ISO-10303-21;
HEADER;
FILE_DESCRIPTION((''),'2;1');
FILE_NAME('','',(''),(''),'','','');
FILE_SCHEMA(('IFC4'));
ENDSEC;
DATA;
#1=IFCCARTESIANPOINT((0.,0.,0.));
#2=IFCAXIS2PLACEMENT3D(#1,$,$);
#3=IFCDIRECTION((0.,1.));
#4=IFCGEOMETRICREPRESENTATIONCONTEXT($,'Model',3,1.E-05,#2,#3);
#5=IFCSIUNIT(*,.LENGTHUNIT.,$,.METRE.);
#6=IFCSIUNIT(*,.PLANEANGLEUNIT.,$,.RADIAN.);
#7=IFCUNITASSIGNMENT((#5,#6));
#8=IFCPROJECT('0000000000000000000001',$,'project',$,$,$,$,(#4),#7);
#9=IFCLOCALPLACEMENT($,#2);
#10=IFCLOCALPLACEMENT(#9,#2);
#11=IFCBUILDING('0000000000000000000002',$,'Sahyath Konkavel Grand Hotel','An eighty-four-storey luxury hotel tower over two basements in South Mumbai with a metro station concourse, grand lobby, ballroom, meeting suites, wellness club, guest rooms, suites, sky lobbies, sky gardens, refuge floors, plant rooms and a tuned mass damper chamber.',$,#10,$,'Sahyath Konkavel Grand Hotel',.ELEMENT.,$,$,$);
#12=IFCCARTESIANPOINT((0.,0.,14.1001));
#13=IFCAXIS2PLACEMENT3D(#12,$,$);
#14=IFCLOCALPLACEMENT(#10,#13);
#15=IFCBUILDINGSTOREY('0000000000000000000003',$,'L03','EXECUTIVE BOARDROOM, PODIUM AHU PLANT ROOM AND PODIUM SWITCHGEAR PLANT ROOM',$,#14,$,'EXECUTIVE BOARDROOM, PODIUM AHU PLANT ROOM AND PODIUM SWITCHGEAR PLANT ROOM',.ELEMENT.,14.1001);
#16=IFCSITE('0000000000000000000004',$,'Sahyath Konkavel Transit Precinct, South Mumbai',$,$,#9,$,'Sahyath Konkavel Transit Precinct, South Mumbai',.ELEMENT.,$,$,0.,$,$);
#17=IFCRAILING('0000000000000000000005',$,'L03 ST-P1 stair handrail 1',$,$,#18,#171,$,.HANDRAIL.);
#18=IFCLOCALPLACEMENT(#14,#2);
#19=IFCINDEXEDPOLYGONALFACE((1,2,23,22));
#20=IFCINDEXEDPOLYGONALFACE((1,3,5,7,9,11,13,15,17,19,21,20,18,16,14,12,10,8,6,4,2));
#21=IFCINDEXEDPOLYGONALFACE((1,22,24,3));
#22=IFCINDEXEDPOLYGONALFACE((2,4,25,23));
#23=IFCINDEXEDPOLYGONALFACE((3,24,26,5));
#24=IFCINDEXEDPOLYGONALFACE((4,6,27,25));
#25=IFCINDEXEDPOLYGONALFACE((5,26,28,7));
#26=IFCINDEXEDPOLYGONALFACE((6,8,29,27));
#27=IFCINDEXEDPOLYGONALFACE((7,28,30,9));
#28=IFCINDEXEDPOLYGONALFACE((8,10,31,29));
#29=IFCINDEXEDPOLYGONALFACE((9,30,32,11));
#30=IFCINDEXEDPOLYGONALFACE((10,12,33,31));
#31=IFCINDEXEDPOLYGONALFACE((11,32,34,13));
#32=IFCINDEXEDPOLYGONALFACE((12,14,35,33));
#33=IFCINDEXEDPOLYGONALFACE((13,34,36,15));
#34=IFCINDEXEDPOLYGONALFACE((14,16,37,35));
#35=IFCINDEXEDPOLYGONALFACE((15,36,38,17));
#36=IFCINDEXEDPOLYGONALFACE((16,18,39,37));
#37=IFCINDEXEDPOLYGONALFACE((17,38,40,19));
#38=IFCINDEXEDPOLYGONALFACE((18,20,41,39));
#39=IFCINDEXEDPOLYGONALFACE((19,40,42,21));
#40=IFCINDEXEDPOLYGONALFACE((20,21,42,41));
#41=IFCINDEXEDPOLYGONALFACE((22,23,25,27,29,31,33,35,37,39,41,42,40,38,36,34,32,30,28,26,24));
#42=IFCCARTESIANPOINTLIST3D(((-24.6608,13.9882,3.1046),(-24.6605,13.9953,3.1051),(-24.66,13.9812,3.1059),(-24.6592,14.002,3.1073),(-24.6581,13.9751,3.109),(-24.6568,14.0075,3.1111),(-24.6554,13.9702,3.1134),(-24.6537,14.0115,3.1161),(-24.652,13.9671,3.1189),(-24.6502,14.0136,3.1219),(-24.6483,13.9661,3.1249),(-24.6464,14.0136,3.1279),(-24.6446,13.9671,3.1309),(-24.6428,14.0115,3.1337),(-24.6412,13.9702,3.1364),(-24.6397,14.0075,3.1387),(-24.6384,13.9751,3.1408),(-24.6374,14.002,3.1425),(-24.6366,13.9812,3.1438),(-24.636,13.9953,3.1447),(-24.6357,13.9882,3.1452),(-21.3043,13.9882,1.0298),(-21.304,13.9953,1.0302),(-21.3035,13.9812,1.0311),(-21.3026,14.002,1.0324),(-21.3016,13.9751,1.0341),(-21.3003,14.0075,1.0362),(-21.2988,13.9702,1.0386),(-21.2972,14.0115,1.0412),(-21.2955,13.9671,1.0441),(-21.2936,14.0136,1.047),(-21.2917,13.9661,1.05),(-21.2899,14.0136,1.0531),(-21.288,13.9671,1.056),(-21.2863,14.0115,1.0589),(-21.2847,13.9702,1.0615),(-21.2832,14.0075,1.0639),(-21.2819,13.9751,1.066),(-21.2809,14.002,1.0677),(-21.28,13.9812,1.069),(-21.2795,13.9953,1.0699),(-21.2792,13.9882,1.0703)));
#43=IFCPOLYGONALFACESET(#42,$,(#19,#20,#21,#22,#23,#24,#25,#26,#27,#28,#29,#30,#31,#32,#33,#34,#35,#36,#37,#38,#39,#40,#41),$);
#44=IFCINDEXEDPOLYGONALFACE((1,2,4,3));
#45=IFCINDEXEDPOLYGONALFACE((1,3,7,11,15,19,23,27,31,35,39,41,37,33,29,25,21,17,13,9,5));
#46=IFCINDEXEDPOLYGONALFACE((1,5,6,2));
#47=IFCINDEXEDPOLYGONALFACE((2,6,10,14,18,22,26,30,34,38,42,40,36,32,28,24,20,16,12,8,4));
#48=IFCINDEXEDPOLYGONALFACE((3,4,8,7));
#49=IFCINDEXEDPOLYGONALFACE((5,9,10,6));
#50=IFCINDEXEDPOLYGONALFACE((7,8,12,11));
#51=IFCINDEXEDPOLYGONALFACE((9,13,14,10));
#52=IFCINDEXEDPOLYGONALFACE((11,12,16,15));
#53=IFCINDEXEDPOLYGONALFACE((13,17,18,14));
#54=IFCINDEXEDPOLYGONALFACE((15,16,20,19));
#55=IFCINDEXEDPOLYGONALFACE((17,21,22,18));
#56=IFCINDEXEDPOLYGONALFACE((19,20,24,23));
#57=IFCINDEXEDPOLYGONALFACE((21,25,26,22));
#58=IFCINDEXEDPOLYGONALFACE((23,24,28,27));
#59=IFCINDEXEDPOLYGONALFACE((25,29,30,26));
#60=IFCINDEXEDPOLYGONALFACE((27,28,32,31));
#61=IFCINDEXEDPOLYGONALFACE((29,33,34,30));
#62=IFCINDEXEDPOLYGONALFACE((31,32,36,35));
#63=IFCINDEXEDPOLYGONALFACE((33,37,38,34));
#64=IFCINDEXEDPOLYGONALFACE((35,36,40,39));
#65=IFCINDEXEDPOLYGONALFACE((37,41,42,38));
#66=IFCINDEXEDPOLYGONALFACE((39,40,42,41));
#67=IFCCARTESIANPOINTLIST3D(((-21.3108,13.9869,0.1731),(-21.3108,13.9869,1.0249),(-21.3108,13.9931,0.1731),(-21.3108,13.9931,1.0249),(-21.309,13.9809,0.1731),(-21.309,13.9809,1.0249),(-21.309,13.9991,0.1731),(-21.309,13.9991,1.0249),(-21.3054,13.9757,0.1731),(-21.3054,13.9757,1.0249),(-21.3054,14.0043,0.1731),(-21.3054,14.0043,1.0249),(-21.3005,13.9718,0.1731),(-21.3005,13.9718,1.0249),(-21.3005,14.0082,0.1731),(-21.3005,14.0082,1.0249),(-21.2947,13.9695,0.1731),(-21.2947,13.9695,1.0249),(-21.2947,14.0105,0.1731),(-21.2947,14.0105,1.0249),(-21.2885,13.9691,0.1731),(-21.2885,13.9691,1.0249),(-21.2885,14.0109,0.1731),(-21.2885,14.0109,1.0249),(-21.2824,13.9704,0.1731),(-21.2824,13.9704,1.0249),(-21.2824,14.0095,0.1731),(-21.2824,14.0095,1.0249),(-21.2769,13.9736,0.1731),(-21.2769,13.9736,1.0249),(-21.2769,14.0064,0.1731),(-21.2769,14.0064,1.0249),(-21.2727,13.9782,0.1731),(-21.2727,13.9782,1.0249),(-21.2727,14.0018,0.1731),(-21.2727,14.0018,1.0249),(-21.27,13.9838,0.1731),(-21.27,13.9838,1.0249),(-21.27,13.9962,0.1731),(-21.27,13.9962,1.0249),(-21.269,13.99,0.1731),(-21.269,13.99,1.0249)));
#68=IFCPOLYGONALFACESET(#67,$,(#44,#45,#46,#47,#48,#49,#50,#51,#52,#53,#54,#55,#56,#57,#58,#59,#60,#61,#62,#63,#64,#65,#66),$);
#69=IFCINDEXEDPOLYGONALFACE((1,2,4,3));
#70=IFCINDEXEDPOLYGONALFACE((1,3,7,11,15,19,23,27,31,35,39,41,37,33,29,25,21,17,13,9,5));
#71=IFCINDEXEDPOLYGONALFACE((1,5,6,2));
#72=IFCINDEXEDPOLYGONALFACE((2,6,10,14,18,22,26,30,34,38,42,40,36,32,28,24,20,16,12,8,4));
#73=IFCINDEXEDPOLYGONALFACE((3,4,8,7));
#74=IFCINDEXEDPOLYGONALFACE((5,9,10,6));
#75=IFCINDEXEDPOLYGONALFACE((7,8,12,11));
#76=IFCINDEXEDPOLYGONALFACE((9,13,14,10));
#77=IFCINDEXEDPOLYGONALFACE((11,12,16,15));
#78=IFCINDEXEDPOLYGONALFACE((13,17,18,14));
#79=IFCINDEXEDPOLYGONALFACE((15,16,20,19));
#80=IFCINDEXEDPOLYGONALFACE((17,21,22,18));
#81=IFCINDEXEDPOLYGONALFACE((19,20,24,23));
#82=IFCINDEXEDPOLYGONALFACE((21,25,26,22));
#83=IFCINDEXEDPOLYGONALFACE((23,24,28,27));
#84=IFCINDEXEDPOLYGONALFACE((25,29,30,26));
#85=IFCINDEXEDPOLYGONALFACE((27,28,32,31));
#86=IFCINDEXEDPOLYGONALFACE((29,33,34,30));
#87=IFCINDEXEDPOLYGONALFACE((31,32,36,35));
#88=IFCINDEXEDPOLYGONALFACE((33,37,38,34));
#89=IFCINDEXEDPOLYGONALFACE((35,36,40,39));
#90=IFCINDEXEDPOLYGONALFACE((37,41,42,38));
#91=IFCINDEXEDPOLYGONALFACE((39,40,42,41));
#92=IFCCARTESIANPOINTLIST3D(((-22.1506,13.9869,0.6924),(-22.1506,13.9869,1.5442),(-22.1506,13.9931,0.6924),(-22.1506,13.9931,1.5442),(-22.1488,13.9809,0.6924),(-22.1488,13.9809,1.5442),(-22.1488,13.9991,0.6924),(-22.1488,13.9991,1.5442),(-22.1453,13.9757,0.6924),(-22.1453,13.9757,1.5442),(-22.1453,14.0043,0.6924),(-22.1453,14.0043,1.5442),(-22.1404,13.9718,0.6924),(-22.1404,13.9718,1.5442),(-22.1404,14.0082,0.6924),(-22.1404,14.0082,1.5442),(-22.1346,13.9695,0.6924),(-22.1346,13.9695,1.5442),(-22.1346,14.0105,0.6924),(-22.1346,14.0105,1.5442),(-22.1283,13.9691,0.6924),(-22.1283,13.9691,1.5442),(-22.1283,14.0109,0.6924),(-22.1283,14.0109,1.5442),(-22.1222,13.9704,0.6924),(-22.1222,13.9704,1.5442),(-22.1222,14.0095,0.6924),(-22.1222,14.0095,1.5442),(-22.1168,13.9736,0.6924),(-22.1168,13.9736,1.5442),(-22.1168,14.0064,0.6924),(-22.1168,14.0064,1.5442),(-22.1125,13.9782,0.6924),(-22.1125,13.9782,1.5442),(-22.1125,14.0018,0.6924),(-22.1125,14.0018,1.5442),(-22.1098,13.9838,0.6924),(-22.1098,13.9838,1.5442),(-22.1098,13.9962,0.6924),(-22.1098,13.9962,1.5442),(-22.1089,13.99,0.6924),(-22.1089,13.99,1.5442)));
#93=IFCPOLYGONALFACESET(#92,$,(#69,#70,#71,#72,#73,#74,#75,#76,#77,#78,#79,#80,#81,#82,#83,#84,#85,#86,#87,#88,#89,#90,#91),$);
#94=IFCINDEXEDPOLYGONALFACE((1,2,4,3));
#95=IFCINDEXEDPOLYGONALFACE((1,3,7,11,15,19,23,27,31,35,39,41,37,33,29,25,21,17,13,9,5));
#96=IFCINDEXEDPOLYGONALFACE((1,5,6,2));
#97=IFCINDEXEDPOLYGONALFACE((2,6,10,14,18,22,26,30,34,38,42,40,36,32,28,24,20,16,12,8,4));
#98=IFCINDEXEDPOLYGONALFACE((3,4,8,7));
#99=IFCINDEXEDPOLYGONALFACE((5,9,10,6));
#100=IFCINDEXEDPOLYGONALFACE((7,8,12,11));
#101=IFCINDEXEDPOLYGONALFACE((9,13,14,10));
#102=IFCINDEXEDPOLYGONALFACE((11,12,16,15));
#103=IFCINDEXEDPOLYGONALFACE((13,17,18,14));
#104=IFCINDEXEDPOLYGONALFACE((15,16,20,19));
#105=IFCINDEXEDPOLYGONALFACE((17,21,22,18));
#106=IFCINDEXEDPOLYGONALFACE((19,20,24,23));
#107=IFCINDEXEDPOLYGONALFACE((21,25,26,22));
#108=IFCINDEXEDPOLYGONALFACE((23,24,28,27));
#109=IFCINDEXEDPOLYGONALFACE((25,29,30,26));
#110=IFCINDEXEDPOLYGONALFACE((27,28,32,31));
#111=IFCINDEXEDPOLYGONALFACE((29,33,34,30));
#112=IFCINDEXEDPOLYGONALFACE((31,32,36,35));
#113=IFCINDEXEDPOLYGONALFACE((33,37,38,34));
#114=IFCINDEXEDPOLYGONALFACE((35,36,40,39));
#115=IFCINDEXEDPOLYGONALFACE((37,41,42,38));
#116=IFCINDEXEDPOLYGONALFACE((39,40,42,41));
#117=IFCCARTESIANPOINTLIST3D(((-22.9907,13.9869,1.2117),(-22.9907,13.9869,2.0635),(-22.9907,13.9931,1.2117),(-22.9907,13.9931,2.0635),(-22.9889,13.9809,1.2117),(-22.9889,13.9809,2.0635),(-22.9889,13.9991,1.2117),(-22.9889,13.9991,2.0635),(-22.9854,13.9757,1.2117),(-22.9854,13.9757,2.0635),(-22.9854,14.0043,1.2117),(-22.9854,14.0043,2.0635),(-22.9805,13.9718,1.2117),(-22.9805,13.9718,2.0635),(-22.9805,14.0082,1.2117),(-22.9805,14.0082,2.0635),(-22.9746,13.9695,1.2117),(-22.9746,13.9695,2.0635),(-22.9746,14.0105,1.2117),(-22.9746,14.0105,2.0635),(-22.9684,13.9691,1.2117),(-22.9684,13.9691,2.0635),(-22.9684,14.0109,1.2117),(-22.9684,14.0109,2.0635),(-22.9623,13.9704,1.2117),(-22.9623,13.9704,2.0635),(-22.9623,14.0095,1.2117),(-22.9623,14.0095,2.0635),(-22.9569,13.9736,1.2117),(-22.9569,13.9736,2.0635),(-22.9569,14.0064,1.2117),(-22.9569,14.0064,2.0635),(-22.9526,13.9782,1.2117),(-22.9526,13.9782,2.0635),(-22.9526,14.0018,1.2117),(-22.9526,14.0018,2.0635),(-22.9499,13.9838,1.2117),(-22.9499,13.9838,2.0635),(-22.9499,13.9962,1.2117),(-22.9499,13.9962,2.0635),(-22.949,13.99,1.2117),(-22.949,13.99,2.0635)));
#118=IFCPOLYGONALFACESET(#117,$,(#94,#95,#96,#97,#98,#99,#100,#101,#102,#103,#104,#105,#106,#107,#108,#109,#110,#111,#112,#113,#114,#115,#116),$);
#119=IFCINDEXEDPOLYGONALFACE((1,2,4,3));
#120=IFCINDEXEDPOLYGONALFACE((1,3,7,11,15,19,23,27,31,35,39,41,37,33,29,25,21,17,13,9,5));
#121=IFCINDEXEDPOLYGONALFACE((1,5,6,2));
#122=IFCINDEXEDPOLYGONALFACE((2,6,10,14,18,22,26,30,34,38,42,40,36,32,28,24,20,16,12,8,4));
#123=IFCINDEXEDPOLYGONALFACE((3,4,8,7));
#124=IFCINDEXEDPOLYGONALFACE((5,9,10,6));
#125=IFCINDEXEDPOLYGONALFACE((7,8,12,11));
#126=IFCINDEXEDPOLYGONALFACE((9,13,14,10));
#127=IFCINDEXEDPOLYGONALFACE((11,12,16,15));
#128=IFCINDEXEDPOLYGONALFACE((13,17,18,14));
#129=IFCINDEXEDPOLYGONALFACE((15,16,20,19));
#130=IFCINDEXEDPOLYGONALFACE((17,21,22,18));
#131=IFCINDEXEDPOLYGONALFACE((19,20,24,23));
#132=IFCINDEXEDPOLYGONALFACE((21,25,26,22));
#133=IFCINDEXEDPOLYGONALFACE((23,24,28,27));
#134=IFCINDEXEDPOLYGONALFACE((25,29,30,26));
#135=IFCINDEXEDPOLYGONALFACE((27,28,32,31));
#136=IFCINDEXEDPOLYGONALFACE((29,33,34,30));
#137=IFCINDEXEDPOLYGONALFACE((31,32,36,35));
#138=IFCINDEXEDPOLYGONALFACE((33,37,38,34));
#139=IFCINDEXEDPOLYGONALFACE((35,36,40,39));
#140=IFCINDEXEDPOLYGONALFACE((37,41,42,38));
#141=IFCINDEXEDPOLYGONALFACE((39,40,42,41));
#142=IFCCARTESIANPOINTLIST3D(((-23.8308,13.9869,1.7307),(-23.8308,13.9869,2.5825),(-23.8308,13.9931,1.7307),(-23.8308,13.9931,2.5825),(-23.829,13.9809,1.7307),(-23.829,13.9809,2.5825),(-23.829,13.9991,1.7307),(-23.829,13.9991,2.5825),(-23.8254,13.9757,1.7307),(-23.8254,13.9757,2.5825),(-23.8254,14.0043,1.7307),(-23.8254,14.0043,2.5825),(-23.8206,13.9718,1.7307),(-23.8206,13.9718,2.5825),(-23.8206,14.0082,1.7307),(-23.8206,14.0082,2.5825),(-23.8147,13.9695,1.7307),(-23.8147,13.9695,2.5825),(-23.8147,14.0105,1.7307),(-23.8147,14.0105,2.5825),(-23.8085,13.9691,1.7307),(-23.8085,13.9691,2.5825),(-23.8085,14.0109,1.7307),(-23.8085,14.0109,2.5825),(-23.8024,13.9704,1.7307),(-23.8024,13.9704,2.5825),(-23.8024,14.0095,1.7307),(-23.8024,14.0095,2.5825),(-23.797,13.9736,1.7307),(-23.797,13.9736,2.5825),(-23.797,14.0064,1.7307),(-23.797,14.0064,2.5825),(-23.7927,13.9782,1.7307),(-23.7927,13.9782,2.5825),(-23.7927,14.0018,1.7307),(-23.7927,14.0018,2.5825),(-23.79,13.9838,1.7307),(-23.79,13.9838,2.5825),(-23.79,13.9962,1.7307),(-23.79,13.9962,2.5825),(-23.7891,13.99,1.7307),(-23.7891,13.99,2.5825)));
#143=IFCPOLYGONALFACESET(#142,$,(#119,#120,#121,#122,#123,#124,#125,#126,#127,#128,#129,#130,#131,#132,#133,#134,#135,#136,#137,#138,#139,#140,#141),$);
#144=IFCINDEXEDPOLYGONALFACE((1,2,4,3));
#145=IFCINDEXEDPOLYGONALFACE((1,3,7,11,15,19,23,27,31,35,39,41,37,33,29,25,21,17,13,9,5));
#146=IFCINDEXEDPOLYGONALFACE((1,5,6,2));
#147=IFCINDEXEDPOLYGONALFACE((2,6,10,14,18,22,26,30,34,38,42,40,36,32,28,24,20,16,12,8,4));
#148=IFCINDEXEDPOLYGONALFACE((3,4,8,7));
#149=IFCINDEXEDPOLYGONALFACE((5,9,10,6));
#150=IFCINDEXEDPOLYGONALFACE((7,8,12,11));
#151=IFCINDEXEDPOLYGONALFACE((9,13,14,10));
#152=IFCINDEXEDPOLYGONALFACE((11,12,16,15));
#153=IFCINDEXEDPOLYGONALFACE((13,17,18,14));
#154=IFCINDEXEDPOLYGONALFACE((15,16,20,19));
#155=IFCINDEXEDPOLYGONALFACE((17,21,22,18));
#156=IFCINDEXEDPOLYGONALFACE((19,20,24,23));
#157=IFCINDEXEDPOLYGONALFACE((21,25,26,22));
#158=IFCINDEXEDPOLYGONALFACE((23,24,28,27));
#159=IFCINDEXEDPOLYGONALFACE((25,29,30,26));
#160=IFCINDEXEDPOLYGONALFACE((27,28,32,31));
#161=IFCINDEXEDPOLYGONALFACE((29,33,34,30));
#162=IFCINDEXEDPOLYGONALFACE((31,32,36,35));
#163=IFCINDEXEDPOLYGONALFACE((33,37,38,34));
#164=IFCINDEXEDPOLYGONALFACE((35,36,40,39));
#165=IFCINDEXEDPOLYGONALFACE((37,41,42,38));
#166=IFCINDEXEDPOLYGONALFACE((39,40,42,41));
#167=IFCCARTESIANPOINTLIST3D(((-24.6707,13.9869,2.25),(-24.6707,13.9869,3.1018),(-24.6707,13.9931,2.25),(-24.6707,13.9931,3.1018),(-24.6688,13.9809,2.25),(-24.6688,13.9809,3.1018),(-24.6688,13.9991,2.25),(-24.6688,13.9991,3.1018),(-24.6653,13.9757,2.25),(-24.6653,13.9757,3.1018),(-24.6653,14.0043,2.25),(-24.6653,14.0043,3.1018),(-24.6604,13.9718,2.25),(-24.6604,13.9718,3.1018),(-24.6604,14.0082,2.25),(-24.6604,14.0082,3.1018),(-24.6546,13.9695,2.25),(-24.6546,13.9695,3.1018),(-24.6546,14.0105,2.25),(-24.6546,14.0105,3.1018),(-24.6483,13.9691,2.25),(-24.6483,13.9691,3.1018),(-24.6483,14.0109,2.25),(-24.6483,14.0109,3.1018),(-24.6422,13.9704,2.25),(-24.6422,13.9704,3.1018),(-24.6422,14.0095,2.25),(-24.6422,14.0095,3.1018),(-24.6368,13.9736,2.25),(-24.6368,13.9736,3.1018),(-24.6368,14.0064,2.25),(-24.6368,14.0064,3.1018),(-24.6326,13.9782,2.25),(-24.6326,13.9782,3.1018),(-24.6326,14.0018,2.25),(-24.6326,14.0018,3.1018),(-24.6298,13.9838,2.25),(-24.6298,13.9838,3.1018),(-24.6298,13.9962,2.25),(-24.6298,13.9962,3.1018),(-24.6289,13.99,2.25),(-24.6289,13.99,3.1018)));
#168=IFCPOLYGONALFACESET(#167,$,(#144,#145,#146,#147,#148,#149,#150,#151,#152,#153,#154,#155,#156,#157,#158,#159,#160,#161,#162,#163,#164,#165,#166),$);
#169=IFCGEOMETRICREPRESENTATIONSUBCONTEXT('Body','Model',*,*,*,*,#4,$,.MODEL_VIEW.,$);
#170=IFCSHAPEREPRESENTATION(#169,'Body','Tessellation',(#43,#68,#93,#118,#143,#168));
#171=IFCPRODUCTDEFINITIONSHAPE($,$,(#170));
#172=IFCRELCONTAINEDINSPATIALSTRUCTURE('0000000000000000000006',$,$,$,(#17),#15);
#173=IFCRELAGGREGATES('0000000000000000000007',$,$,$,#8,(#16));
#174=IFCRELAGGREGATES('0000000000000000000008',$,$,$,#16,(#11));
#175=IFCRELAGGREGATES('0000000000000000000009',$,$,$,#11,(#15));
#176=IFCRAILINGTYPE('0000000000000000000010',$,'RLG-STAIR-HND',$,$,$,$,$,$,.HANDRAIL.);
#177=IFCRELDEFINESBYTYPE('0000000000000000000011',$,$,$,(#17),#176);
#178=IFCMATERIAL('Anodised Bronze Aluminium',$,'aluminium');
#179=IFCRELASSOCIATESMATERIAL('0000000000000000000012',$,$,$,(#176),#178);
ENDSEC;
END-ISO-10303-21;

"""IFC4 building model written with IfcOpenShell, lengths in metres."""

from ifc_helpers import new_model, si_unit, direction, frame, origin, origin_2d, place, context, subcontext, project, spatial, circle, extrude, material, type_object, element, save


model = new_model("IFC4")

# Units and contexts
model_context = context("Model", 3, precision=1e-05, world=origin(), true_north=direction((0.0, 1.0)))
body_context = subcontext(model_context, "Body", "Model", "MODEL_VIEW")
ifc_project = project(units=[si_unit("LENGTHUNIT", "METRE"), si_unit("PLANEANGLEUNIT", "RADIAN")], contexts=[model_context])

# Site, building, storey
site_placement = place(None, origin())
site = spatial("IfcSite", under=ifc_project, at=site_placement, Name="Sahyath Konkavel Transit Precinct, South Mumbai", LongName="Sahyath Konkavel Transit Precinct, South Mumbai", CompositionType="ELEMENT", RefElevation=0.0)
building_placement = place(site_placement, origin())
building = spatial("IfcBuilding", under=site, at=building_placement, Name="Sahyath Konkavel Grand Hotel", Description="An eighty-four-storey luxury hotel tower over two basements in South Mumbai with a metro station concourse, grand lobby, ballroom, meeting suites, wellness club, guest rooms, suites, sky lobbies, sky gardens, refuge floors, plant rooms and a tuned mass damper chamber.", LongName="Sahyath Konkavel Grand Hotel", CompositionType="ELEMENT")
storey_placement = place(building_placement, frame((0.0, 0.0, 14.1001)))
storey = spatial("IfcBuildingStorey", under=building, at=storey_placement, Name="L03", Description="EXECUTIVE BOARDROOM, PODIUM AHU PLANT ROOM AND PODIUM SWITCHGEAR PLANT ROOM", LongName="EXECUTIVE BOARDROOM, PODIUM AHU PLANT ROOM AND PODIUM SWITCHGEAR PLANT ROOM", CompositionType="ELEMENT", Elevation=14.1001)

# Shared definitions
ifc_material_1 = material(Name="Anodised Bronze Aluminium", Category="aluminium")

# Railing
railing_type_1 = type_object("IfcRailingType", Name="RLG-STAIR-HND", PredefinedType="HANDRAIL", material=ifc_material_1)
railing_1_placement = place(storey_placement, frame((-21.29, 13.99, 0.1731)))
element("IfcRailing", 1, at=railing_1_placement, inside=storey, type_object=railing_type_1, Name="L03 ST-P1 stair handrail 1", PredefinedType="HANDRAIL", context=body_context, shape_type="SweptSolid", body=[
    extrude(circle(Radius=0.0239, at=origin_2d()), frame((-0.0017, 0.0, 0.877), z_axis=(-0.850606, 0.0, 0.525803), x_axis=(0.0, -1.0, 0.0)), (0.0, 0.0, 1.0), 3.946),
    extrude(circle(Radius=0.021, at=origin_2d()), origin(), (0.0, 0.0, 1.0), 0.8518),
    extrude(circle(Radius=0.021, at=origin_2d()), frame((-0.8398, 0.0, 0.5193)), (0.0, 0.0, 1.0), 0.8518),
    extrude(circle(Radius=0.021, at=origin_2d()), frame((-1.6799, 0.0, 1.0386)), (0.0, 0.0, 1.0), 0.8518),
    extrude(circle(Radius=0.021, at=origin_2d()), frame((-2.52, 0.0, 1.5576)), (0.0, 0.0, 1.0), 0.8518),
    extrude(circle(Radius=0.021, at=origin_2d()), frame((-3.3599, 0.0, 2.0769)), (0.0, 0.0, 1.0), 0.8518),
])

save(model, "model.ifc")
